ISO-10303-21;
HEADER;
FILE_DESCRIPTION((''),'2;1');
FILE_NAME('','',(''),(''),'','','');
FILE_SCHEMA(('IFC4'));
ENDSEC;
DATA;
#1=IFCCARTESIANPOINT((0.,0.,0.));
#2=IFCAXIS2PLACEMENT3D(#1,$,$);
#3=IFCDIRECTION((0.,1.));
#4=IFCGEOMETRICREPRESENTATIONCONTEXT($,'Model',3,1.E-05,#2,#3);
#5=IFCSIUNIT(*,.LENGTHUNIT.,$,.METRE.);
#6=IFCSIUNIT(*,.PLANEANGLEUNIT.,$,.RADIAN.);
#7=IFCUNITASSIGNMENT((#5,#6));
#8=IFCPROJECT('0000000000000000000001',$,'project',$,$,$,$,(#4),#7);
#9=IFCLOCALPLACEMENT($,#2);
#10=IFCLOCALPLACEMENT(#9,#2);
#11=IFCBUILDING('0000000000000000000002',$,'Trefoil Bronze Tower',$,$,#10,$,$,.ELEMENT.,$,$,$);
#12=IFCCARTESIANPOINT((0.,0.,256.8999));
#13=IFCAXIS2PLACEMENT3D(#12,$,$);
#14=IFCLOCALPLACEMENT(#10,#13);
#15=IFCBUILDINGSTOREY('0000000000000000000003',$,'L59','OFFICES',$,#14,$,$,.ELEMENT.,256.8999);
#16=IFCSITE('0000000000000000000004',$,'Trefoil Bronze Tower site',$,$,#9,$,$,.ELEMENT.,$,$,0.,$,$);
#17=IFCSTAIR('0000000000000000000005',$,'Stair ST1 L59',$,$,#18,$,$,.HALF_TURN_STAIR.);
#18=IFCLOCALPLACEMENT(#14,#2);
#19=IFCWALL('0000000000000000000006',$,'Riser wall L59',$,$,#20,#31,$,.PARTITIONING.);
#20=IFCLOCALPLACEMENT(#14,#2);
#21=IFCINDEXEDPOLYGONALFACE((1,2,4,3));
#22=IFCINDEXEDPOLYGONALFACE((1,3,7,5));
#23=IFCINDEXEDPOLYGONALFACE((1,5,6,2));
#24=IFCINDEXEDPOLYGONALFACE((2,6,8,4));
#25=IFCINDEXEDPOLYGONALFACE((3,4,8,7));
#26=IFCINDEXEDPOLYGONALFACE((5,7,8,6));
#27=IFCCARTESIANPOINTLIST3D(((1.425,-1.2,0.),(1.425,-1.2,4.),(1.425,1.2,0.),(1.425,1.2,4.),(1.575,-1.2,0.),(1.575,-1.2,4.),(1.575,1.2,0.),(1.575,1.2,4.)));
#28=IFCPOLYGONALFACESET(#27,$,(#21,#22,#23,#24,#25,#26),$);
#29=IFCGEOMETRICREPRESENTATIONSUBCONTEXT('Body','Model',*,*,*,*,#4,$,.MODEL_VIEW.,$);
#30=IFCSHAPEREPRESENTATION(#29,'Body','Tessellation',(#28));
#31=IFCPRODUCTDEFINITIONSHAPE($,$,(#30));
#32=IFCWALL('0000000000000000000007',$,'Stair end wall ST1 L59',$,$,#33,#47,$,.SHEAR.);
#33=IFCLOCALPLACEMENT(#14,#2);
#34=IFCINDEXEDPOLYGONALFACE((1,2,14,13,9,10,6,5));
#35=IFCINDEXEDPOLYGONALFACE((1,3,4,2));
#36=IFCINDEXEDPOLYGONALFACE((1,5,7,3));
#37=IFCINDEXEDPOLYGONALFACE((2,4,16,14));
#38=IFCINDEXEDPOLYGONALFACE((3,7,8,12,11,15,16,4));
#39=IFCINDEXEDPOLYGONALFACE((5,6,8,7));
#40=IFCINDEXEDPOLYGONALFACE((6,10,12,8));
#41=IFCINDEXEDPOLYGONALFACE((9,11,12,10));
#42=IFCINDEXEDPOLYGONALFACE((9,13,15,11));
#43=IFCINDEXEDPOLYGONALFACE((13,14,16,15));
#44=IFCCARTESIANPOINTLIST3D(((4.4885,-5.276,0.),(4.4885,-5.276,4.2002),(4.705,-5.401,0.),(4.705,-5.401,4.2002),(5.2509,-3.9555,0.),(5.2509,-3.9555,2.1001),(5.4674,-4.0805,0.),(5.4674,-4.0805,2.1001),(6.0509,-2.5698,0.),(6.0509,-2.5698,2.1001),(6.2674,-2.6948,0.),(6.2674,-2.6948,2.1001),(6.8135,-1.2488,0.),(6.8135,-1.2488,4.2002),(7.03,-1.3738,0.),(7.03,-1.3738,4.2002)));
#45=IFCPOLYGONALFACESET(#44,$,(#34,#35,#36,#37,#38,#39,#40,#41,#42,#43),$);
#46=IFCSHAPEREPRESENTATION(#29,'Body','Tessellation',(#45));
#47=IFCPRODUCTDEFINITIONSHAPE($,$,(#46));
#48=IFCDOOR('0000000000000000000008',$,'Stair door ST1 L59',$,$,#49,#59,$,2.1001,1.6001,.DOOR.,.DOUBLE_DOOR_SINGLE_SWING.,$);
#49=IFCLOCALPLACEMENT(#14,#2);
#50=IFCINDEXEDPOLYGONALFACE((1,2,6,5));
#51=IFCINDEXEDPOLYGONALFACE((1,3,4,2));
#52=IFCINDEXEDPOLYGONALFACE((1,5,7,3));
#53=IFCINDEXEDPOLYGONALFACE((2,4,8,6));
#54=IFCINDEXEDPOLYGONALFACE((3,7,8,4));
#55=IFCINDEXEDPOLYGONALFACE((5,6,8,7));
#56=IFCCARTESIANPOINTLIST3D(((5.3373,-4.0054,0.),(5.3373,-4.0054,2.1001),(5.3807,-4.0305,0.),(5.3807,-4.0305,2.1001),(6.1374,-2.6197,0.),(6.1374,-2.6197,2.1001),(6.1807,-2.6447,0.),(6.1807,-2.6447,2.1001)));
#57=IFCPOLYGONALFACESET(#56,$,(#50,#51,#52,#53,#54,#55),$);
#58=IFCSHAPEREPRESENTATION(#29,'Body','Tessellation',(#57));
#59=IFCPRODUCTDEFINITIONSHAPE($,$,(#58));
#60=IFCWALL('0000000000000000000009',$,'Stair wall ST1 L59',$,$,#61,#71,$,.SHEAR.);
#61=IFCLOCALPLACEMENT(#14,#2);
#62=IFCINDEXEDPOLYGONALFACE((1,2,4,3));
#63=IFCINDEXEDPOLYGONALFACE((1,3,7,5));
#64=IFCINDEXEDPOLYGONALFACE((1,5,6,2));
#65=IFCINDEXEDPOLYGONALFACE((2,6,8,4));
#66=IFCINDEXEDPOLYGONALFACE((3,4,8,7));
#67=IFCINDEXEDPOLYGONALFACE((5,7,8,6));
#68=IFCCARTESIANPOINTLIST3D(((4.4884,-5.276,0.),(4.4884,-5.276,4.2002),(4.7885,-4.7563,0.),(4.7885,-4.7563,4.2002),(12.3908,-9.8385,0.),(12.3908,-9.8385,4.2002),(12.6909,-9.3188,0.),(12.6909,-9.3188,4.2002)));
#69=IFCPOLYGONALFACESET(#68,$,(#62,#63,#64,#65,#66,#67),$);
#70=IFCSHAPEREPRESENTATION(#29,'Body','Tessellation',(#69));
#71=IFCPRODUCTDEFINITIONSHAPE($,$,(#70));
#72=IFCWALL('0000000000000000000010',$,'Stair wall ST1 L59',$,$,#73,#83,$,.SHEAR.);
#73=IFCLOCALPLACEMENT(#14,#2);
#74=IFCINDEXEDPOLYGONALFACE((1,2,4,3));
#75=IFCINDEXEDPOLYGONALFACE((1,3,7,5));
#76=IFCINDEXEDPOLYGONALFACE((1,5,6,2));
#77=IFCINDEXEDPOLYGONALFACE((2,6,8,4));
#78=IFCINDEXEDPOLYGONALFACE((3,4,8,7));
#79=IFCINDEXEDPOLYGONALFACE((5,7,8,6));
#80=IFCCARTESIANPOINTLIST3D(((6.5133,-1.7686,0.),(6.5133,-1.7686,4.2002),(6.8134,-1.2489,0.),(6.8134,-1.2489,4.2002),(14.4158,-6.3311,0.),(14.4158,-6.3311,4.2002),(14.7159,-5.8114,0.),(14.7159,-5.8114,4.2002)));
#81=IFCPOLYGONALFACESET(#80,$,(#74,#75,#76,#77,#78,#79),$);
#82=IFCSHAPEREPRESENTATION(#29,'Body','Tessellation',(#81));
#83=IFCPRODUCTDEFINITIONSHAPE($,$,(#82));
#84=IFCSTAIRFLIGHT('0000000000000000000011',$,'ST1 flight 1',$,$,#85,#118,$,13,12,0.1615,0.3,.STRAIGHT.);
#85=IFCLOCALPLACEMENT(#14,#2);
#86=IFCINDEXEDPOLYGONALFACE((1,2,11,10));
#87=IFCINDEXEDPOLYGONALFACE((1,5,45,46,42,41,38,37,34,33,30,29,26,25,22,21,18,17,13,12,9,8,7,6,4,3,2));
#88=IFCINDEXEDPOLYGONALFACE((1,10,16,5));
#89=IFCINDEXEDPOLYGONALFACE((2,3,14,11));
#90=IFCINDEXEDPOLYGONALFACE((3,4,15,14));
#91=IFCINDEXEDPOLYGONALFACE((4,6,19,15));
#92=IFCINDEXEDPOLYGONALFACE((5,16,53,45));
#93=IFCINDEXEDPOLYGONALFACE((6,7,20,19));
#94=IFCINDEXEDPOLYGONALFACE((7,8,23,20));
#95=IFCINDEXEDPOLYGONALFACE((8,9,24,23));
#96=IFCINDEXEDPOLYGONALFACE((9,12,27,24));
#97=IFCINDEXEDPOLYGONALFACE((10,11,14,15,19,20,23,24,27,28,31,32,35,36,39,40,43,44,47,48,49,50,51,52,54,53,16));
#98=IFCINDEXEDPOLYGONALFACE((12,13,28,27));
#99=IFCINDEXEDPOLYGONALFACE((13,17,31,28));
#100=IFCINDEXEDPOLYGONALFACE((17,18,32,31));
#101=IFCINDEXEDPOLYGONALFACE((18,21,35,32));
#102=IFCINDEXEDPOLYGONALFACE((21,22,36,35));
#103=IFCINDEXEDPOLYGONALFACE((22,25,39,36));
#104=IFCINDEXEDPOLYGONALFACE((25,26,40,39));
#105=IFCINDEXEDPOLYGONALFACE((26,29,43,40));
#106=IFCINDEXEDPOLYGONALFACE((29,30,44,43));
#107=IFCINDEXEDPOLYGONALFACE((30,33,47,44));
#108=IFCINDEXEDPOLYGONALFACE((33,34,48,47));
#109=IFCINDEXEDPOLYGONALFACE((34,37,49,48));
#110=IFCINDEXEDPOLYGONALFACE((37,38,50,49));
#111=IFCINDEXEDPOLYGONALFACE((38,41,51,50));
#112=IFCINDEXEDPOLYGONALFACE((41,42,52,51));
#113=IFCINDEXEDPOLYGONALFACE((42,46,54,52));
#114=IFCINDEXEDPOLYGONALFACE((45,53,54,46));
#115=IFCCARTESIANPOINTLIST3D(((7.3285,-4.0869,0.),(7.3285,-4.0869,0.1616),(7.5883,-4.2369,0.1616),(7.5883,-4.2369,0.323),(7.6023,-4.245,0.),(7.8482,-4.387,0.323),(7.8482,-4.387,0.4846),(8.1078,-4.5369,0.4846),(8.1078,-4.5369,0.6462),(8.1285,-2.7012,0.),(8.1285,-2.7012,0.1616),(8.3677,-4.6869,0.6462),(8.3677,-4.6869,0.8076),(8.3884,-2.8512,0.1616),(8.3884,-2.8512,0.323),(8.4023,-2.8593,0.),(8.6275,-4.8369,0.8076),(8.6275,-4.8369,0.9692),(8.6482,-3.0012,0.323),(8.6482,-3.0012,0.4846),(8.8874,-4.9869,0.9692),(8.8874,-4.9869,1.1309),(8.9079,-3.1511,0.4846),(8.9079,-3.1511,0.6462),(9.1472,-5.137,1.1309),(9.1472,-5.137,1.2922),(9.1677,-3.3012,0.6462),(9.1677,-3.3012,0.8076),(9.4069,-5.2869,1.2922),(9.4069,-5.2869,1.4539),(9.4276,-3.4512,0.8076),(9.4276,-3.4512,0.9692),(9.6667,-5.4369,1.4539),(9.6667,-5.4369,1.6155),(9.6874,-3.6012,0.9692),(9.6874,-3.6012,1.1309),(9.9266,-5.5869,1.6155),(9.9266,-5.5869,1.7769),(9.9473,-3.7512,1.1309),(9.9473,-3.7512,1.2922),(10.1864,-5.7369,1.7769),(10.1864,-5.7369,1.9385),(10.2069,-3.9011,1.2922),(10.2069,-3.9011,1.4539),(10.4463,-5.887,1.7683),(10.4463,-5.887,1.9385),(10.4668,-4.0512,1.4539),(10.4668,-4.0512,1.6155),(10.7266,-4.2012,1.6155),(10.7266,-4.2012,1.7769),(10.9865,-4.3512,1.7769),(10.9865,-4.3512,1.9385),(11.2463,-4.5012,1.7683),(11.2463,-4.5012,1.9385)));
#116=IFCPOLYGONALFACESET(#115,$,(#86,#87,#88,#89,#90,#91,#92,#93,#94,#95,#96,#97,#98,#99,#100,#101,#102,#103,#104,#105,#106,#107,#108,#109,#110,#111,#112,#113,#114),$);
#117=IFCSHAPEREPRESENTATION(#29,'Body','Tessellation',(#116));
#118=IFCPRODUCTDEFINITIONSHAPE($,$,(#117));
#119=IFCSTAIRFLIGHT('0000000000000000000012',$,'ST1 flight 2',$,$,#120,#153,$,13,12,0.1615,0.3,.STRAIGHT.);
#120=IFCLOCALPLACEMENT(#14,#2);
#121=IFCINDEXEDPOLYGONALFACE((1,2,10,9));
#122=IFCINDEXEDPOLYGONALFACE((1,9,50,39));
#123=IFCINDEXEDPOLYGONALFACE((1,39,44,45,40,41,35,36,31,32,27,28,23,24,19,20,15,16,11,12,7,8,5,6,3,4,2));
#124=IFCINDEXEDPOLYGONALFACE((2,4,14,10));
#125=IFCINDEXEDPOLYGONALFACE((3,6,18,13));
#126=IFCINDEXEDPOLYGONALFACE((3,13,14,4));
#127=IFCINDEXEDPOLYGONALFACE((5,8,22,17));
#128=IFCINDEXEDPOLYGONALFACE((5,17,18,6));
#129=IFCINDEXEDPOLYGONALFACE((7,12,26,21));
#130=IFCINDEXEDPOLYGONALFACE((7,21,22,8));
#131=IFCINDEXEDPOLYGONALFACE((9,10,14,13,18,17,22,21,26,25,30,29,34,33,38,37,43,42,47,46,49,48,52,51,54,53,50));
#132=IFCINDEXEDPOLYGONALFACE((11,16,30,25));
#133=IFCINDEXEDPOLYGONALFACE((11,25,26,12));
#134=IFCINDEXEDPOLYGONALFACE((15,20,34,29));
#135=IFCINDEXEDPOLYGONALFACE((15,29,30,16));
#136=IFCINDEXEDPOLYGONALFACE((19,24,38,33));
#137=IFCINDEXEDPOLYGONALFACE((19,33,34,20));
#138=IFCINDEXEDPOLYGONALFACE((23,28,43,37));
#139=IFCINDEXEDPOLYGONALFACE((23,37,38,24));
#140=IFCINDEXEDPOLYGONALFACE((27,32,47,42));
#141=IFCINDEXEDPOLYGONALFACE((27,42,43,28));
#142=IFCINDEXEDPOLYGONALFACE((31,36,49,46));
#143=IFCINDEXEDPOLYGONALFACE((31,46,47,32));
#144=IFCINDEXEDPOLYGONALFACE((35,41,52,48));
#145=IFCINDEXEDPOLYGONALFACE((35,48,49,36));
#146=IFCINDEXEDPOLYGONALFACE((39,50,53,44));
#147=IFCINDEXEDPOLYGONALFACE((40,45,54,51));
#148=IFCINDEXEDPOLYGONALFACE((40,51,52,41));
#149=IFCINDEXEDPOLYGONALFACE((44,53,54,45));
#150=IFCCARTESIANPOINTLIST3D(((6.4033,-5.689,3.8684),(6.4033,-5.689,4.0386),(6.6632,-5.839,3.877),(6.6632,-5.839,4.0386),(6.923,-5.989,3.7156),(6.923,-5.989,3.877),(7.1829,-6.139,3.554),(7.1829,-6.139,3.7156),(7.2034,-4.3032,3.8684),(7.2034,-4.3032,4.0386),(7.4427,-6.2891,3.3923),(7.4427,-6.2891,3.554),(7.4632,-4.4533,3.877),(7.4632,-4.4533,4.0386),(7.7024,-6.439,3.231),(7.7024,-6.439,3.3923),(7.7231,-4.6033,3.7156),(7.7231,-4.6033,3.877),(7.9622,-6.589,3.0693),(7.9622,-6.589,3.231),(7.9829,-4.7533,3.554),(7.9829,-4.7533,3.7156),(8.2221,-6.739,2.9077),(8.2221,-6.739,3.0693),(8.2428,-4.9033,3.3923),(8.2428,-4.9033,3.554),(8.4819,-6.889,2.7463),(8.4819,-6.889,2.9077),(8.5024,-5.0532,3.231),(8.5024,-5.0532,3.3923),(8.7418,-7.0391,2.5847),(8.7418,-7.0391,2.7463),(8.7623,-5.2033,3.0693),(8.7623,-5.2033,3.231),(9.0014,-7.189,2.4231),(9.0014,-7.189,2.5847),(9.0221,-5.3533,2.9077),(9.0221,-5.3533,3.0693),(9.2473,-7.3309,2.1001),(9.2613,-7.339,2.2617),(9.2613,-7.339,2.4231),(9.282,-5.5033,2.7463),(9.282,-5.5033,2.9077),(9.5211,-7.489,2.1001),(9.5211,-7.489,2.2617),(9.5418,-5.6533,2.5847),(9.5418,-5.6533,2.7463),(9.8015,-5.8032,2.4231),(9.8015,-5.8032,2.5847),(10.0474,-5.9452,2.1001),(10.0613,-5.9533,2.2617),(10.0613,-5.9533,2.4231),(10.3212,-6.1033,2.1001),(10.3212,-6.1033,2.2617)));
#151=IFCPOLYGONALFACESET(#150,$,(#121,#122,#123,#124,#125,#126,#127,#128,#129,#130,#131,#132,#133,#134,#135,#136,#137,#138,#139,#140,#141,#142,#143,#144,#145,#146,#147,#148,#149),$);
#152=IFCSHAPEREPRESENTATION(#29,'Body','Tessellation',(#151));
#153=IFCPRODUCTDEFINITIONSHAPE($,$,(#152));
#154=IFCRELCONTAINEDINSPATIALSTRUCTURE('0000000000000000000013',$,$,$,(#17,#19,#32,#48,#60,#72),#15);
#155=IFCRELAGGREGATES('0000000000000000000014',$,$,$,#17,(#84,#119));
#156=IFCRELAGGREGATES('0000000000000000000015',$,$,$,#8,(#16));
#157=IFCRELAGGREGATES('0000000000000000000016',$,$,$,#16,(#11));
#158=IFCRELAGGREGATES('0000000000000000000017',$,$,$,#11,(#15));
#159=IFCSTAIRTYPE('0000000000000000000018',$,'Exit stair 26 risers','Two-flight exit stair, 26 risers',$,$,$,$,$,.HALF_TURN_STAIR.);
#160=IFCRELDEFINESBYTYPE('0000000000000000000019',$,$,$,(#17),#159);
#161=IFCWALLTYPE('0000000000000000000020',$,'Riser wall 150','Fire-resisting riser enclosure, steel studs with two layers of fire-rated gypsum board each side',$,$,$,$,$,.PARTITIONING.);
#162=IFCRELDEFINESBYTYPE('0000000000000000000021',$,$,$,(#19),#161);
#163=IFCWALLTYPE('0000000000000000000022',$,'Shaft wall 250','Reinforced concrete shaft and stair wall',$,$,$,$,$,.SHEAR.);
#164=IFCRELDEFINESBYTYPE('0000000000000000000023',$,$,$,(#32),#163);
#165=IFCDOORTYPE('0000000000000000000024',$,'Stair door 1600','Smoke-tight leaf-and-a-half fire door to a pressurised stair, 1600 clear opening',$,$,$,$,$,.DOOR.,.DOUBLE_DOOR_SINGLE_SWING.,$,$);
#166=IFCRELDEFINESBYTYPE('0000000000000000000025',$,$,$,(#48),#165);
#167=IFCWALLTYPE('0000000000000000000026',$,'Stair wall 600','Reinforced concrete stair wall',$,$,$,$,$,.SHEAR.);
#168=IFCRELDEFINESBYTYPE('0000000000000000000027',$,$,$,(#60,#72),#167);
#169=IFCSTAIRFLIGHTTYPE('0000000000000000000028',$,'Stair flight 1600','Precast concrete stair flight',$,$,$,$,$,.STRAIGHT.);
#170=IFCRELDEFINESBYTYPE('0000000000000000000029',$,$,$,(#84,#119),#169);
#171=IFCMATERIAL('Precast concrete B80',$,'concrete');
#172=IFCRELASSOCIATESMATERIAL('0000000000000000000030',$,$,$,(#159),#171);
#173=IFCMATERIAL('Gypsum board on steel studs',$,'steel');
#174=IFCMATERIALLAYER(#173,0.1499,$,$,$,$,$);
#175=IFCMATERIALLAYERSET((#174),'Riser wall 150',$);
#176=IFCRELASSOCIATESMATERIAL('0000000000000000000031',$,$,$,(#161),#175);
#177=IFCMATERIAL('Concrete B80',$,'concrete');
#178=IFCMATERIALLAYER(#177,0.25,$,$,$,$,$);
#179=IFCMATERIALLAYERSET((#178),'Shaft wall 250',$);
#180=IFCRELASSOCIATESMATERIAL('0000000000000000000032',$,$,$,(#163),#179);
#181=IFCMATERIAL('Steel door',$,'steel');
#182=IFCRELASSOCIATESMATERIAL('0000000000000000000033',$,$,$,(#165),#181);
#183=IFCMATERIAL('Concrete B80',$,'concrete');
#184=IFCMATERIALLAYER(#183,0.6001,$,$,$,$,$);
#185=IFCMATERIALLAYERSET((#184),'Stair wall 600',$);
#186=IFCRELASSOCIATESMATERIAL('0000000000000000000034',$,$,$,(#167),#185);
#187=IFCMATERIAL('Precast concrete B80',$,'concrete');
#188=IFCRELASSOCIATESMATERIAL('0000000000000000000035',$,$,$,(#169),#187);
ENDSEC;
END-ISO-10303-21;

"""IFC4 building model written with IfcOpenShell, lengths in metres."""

from ifc_helpers import new_model, si_unit, direction, frame, frame_2d, origin, place, context, subcontext, project, spatial, polyline, rectangle, outline, extrude, material, layer, layer_set, type_object, element, fill, aggregate, save


model = new_model("IFC4")

# Units and contexts
model_context = context("Model", 3, precision=1e-05, world=origin(), true_north=direction((0.0, 1.0)))
body_context = subcontext(model_context, "Body", "Model", "MODEL_VIEW")
ifc_project = project(units=[si_unit("LENGTHUNIT", "METRE"), si_unit("PLANEANGLEUNIT", "RADIAN")], contexts=[model_context])

# Site, building, storey
site_placement = place(None, origin())
site = spatial("IfcSite", under=ifc_project, at=site_placement, Name="Trefoil Bronze Tower site", CompositionType="ELEMENT", RefElevation=0.0)
building_placement = place(site_placement, origin())
building = spatial("IfcBuilding", under=site, at=building_placement, Name="Trefoil Bronze Tower", CompositionType="ELEMENT")
storey_placement = place(building_placement, frame((0.0, 0.0, 256.8999)))
storey = spatial("IfcBuildingStorey", under=building, at=storey_placement, Name="L59", Description="OFFICES", CompositionType="ELEMENT", Elevation=256.8999)

# Stair
ifc_material_1 = material(Name="Precast concrete B80", Category="concrete")
stair_type = type_object("IfcStairType", Name="Exit stair 26 risers", Description="Two-flight exit stair, 26 risers", PredefinedType="HALF_TURN_STAIR", material=ifc_material_1)
stair_1_placement = place(storey_placement, origin())
stair_1 = element("IfcStair", 1, at=stair_1_placement, inside=storey, type_object=stair_type, Name="Stair ST1 L59", PredefinedType="HALF_TURN_STAIR")

# Wall
ifc_material_2 = material(Name="Gypsum board on steel studs", Category="steel")
ifc_layer_1 = layer(ifc_material_2, 0.1499)
ifc_layer_set_1 = layer_set([ifc_layer_1], Name="Riser wall 150")
wall_type_1 = type_object("IfcWallType", Name="Riser wall 150", Description="Fire-resisting riser enclosure, steel studs with two layers of fire-rated gypsum board each side", PredefinedType="PARTITIONING", material=ifc_layer_set_1)
wall_1_placement = place(storey_placement, frame((1.5, -1.2, 0.0), z_axis=(0.0, 0.0, 1.0), x_axis=(0.0, 1.0, 0.0)))
element("IfcWall", 2, at=wall_1_placement, inside=storey, type_object=wall_type_1, Name="Riser wall L59", PredefinedType="PARTITIONING", context=body_context, shape_type="SweptSolid", body=[
    extrude(rectangle(XDim=2.3999, YDim=0.1499, at=frame_2d((1.2, 0.0))), origin(), (0.0, 0.0, 1.0), 4.0),
])

# Wall, opening, door
ifc_material_3 = material(Name="Concrete B80", Category="concrete")
ifc_layer_2 = layer(ifc_material_3, 0.25)
ifc_layer_set_2 = layer_set([ifc_layer_2], Name="Shaft wall 250")
wall_type_2 = type_object("IfcWallType", Name="Shaft wall 250", Description="Reinforced concrete shaft and stair wall", PredefinedType="SHEAR", material=ifc_layer_set_2)
wall_2_placement = place(storey_placement, frame((4.5967, -5.3386, 0.0), z_axis=(0.0, 0.0, 1.0), x_axis=(0.499985, 0.866034, 0.0)))
wall_2 = element("IfcWall", 3, at=wall_2_placement, inside=storey, type_object=wall_type_2, Name="Stair end wall ST1 L59", PredefinedType="SHEAR", context=body_context, shape_type="SweptSolid", body=[
    extrude(rectangle(XDim=4.6501, YDim=0.25, at=frame_2d((2.3252, 0.0))), origin(), (0.0, 0.0, 1.0), 4.2002),
])
opening_1_placement = place(wall_2_placement, frame((1.5249, 0.0, 0.0)))
opening_1 = element("IfcOpeningElement", 4, at=opening_1_placement, cuts=wall_2, PredefinedType="OPENING", context=body_context, shape_type="SweptSolid", body=[
    extrude(rectangle(XDim=1.6001, YDim=2.1001, at=frame_2d((0.8, 1.05))), frame((0.0, 0.135, 0.0), z_axis=(0.0, -1.0, 0.0), x_axis=(1.0, 0.0, 0.0)), (0.0, 0.0, 1.0), 0.27),
])
ifc_material_4 = material(Name="Steel door", Category="steel")
door_type_1 = type_object("IfcDoorType", Name="Stair door 1600", Description="Smoke-tight leaf-and-a-half fire door to a pressurised stair, 1600 clear opening", OperationType="DOUBLE_DOOR_SINGLE_SWING", PredefinedType="DOOR", material=ifc_material_4)
door_1_placement = place(opening_1_placement, frame((1.6001, 0.0, 0.0), z_axis=(0.0, 0.0, 1.0), x_axis=(-1.0, 0.0, 0.0)))
door_1 = element("IfcDoor", 5, at=door_1_placement, inside=storey, type_object=door_type_1, Name="Stair door ST1 L59", OperationType="DOUBLE_DOOR_SINGLE_SWING", OverallHeight=2.1001, OverallWidth=1.6001, PredefinedType="DOOR", context=body_context, shape_type="SweptSolid", body=[
    extrude(rectangle(XDim=1.6001, YDim=2.1001, at=frame_2d((0.8, 1.05))), frame((0.0, 0.0249, 0.0), z_axis=(0.0, -1.0, 0.0), x_axis=(1.0, 0.0, 0.0)), (0.0, 0.0, 1.0), 0.05),
])
fill(opening_1, door_1)

# Walls
ifc_material_5 = material(Name="Concrete B80", Category="concrete")
ifc_layer_3 = layer(ifc_material_5, 0.6001)
ifc_layer_set_3 = layer_set([ifc_layer_3], Name="Stair wall 600")
wall_type_3 = type_object("IfcWallType", Name="Stair wall 600", Description="Reinforced concrete stair wall", PredefinedType="SHEAR", material=ifc_layer_set_3)
for number, where, z_axis, x_axis, name in (
    (6, (4.6384, -5.0161, 0.0), (0.0, 0.0, 1.0), (0.866022, -0.500007, 0.0), "Stair wall ST1 L59"),
    (7, (6.6633, -1.5088, 0.0), (0.0, 0.0, 1.0), (0.866028, -0.499995, 0.0), "Stair wall ST1 L59"),
):
    element("IfcWall", number, at=place(storey_placement, frame(where, z_axis=z_axis, x_axis=x_axis)), inside=storey, type_object=wall_type_3, Name=name, PredefinedType="SHEAR", context=body_context, shape_type="SweptSolid", body=[
        extrude(rectangle(XDim=9.125, YDim=0.6001, at=frame_2d((4.5625, 0.0))), origin(), (0.0, 0.0, 1.0), 4.2002),
    ])

# Stair flights
ifc_material_6 = material(Name="Precast concrete B80", Category="concrete")
stair_flight_type = type_object("IfcStairFlightType", Name="Stair flight 1600", Description="Precast concrete stair flight", PredefinedType="STRAIGHT", material=ifc_material_6)
stair_flight_1_placement = place(storey_placement, frame((7.7285, -3.394, 0.0), z_axis=(0.0, 0.0, 1.0), x_axis=(0.866025, -0.5, 0.0)))
stair_flight_1 = element("IfcStairFlight", 8, at=stair_flight_1_placement, type_object=stair_flight_type, Name="ST1 flight 1", NumberOfRisers=13, NumberOfTreads=12, PredefinedType="STRAIGHT", RiserHeight=0.1615, TreadLength=0.3, context=body_context, shape_type="SweptSolid", body=[
    extrude(outline(polyline([(0.0, 0.0), (0.0, 0.1616), (0.3, 0.1616), (0.3, 0.323), (0.6001, 0.323), (0.6001, 0.4846), (0.8999, 0.4846), (0.8999, 0.6462), (1.2, 0.6462), (1.2, 0.8076), (1.5, 0.8076), (1.5, 0.9692), (1.8, 0.9692), (1.8, 1.1309), (2.1001, 1.1309), (2.1001, 1.2922), (2.3999, 1.2922), (2.3999, 1.4539), (2.7, 1.4539), (2.7, 1.6155), (3.0, 1.6155), (3.0, 1.7769), (3.3, 1.7769), (3.3, 1.9385), (3.6001, 1.9385), (3.6001, 2.1001), (3.6001, 1.7683), (0.3162, 0.0), (0.0, 0.0)])), frame((0.0, 0.8, 0.0), z_axis=(0.0, -1.0, 0.0), x_axis=(1.0, 0.0, 0.0)), (0.0, 0.0, 1.0), 1.6001),
])
stair_flight_2_placement = place(storey_placement, frame((9.9211, -6.7961, 2.1001), z_axis=(0.0, 0.0, 1.0), x_axis=(-0.866025, 0.5, 0.0)))
stair_flight_2 = element("IfcStairFlight", 9, at=stair_flight_2_placement, type_object=stair_flight_type, Name="ST1 flight 2", NumberOfRisers=13, NumberOfTreads=12, PredefinedType="STRAIGHT", RiserHeight=0.1615, TreadLength=0.3, context=body_context, shape_type="SweptSolid", body=[
    extrude(outline(polyline([(0.0, 0.0), (0.0, 0.1616), (0.3, 0.1616), (0.3, 0.323), (0.6001, 0.323), (0.6001, 0.4846), (0.8999, 0.4846), (0.8999, 0.6462), (1.2, 0.6462), (1.2, 0.8076), (1.5, 0.8076), (1.5, 0.9692), (1.8, 0.9692), (1.8, 1.1309), (2.1001, 1.1309), (2.1001, 1.2922), (2.3999, 1.2922), (2.3999, 1.4539), (2.7, 1.4539), (2.7, 1.6155), (3.0, 1.6155), (3.0, 1.7769), (3.3, 1.7769), (3.3, 1.9385), (3.6001, 1.9385), (3.6001, 2.1001), (3.6001, 1.7683), (0.3162, 0.0), (0.0, 0.0)])), frame((0.0, 0.8, 0.0), z_axis=(0.0, -1.0, 0.0), x_axis=(1.0, 0.0, 0.0)), (0.0, 0.0, 1.0), 1.6001),
])
aggregate(stair_1, [stair_flight_1, stair_flight_2])

save(model, "model.ifc")
